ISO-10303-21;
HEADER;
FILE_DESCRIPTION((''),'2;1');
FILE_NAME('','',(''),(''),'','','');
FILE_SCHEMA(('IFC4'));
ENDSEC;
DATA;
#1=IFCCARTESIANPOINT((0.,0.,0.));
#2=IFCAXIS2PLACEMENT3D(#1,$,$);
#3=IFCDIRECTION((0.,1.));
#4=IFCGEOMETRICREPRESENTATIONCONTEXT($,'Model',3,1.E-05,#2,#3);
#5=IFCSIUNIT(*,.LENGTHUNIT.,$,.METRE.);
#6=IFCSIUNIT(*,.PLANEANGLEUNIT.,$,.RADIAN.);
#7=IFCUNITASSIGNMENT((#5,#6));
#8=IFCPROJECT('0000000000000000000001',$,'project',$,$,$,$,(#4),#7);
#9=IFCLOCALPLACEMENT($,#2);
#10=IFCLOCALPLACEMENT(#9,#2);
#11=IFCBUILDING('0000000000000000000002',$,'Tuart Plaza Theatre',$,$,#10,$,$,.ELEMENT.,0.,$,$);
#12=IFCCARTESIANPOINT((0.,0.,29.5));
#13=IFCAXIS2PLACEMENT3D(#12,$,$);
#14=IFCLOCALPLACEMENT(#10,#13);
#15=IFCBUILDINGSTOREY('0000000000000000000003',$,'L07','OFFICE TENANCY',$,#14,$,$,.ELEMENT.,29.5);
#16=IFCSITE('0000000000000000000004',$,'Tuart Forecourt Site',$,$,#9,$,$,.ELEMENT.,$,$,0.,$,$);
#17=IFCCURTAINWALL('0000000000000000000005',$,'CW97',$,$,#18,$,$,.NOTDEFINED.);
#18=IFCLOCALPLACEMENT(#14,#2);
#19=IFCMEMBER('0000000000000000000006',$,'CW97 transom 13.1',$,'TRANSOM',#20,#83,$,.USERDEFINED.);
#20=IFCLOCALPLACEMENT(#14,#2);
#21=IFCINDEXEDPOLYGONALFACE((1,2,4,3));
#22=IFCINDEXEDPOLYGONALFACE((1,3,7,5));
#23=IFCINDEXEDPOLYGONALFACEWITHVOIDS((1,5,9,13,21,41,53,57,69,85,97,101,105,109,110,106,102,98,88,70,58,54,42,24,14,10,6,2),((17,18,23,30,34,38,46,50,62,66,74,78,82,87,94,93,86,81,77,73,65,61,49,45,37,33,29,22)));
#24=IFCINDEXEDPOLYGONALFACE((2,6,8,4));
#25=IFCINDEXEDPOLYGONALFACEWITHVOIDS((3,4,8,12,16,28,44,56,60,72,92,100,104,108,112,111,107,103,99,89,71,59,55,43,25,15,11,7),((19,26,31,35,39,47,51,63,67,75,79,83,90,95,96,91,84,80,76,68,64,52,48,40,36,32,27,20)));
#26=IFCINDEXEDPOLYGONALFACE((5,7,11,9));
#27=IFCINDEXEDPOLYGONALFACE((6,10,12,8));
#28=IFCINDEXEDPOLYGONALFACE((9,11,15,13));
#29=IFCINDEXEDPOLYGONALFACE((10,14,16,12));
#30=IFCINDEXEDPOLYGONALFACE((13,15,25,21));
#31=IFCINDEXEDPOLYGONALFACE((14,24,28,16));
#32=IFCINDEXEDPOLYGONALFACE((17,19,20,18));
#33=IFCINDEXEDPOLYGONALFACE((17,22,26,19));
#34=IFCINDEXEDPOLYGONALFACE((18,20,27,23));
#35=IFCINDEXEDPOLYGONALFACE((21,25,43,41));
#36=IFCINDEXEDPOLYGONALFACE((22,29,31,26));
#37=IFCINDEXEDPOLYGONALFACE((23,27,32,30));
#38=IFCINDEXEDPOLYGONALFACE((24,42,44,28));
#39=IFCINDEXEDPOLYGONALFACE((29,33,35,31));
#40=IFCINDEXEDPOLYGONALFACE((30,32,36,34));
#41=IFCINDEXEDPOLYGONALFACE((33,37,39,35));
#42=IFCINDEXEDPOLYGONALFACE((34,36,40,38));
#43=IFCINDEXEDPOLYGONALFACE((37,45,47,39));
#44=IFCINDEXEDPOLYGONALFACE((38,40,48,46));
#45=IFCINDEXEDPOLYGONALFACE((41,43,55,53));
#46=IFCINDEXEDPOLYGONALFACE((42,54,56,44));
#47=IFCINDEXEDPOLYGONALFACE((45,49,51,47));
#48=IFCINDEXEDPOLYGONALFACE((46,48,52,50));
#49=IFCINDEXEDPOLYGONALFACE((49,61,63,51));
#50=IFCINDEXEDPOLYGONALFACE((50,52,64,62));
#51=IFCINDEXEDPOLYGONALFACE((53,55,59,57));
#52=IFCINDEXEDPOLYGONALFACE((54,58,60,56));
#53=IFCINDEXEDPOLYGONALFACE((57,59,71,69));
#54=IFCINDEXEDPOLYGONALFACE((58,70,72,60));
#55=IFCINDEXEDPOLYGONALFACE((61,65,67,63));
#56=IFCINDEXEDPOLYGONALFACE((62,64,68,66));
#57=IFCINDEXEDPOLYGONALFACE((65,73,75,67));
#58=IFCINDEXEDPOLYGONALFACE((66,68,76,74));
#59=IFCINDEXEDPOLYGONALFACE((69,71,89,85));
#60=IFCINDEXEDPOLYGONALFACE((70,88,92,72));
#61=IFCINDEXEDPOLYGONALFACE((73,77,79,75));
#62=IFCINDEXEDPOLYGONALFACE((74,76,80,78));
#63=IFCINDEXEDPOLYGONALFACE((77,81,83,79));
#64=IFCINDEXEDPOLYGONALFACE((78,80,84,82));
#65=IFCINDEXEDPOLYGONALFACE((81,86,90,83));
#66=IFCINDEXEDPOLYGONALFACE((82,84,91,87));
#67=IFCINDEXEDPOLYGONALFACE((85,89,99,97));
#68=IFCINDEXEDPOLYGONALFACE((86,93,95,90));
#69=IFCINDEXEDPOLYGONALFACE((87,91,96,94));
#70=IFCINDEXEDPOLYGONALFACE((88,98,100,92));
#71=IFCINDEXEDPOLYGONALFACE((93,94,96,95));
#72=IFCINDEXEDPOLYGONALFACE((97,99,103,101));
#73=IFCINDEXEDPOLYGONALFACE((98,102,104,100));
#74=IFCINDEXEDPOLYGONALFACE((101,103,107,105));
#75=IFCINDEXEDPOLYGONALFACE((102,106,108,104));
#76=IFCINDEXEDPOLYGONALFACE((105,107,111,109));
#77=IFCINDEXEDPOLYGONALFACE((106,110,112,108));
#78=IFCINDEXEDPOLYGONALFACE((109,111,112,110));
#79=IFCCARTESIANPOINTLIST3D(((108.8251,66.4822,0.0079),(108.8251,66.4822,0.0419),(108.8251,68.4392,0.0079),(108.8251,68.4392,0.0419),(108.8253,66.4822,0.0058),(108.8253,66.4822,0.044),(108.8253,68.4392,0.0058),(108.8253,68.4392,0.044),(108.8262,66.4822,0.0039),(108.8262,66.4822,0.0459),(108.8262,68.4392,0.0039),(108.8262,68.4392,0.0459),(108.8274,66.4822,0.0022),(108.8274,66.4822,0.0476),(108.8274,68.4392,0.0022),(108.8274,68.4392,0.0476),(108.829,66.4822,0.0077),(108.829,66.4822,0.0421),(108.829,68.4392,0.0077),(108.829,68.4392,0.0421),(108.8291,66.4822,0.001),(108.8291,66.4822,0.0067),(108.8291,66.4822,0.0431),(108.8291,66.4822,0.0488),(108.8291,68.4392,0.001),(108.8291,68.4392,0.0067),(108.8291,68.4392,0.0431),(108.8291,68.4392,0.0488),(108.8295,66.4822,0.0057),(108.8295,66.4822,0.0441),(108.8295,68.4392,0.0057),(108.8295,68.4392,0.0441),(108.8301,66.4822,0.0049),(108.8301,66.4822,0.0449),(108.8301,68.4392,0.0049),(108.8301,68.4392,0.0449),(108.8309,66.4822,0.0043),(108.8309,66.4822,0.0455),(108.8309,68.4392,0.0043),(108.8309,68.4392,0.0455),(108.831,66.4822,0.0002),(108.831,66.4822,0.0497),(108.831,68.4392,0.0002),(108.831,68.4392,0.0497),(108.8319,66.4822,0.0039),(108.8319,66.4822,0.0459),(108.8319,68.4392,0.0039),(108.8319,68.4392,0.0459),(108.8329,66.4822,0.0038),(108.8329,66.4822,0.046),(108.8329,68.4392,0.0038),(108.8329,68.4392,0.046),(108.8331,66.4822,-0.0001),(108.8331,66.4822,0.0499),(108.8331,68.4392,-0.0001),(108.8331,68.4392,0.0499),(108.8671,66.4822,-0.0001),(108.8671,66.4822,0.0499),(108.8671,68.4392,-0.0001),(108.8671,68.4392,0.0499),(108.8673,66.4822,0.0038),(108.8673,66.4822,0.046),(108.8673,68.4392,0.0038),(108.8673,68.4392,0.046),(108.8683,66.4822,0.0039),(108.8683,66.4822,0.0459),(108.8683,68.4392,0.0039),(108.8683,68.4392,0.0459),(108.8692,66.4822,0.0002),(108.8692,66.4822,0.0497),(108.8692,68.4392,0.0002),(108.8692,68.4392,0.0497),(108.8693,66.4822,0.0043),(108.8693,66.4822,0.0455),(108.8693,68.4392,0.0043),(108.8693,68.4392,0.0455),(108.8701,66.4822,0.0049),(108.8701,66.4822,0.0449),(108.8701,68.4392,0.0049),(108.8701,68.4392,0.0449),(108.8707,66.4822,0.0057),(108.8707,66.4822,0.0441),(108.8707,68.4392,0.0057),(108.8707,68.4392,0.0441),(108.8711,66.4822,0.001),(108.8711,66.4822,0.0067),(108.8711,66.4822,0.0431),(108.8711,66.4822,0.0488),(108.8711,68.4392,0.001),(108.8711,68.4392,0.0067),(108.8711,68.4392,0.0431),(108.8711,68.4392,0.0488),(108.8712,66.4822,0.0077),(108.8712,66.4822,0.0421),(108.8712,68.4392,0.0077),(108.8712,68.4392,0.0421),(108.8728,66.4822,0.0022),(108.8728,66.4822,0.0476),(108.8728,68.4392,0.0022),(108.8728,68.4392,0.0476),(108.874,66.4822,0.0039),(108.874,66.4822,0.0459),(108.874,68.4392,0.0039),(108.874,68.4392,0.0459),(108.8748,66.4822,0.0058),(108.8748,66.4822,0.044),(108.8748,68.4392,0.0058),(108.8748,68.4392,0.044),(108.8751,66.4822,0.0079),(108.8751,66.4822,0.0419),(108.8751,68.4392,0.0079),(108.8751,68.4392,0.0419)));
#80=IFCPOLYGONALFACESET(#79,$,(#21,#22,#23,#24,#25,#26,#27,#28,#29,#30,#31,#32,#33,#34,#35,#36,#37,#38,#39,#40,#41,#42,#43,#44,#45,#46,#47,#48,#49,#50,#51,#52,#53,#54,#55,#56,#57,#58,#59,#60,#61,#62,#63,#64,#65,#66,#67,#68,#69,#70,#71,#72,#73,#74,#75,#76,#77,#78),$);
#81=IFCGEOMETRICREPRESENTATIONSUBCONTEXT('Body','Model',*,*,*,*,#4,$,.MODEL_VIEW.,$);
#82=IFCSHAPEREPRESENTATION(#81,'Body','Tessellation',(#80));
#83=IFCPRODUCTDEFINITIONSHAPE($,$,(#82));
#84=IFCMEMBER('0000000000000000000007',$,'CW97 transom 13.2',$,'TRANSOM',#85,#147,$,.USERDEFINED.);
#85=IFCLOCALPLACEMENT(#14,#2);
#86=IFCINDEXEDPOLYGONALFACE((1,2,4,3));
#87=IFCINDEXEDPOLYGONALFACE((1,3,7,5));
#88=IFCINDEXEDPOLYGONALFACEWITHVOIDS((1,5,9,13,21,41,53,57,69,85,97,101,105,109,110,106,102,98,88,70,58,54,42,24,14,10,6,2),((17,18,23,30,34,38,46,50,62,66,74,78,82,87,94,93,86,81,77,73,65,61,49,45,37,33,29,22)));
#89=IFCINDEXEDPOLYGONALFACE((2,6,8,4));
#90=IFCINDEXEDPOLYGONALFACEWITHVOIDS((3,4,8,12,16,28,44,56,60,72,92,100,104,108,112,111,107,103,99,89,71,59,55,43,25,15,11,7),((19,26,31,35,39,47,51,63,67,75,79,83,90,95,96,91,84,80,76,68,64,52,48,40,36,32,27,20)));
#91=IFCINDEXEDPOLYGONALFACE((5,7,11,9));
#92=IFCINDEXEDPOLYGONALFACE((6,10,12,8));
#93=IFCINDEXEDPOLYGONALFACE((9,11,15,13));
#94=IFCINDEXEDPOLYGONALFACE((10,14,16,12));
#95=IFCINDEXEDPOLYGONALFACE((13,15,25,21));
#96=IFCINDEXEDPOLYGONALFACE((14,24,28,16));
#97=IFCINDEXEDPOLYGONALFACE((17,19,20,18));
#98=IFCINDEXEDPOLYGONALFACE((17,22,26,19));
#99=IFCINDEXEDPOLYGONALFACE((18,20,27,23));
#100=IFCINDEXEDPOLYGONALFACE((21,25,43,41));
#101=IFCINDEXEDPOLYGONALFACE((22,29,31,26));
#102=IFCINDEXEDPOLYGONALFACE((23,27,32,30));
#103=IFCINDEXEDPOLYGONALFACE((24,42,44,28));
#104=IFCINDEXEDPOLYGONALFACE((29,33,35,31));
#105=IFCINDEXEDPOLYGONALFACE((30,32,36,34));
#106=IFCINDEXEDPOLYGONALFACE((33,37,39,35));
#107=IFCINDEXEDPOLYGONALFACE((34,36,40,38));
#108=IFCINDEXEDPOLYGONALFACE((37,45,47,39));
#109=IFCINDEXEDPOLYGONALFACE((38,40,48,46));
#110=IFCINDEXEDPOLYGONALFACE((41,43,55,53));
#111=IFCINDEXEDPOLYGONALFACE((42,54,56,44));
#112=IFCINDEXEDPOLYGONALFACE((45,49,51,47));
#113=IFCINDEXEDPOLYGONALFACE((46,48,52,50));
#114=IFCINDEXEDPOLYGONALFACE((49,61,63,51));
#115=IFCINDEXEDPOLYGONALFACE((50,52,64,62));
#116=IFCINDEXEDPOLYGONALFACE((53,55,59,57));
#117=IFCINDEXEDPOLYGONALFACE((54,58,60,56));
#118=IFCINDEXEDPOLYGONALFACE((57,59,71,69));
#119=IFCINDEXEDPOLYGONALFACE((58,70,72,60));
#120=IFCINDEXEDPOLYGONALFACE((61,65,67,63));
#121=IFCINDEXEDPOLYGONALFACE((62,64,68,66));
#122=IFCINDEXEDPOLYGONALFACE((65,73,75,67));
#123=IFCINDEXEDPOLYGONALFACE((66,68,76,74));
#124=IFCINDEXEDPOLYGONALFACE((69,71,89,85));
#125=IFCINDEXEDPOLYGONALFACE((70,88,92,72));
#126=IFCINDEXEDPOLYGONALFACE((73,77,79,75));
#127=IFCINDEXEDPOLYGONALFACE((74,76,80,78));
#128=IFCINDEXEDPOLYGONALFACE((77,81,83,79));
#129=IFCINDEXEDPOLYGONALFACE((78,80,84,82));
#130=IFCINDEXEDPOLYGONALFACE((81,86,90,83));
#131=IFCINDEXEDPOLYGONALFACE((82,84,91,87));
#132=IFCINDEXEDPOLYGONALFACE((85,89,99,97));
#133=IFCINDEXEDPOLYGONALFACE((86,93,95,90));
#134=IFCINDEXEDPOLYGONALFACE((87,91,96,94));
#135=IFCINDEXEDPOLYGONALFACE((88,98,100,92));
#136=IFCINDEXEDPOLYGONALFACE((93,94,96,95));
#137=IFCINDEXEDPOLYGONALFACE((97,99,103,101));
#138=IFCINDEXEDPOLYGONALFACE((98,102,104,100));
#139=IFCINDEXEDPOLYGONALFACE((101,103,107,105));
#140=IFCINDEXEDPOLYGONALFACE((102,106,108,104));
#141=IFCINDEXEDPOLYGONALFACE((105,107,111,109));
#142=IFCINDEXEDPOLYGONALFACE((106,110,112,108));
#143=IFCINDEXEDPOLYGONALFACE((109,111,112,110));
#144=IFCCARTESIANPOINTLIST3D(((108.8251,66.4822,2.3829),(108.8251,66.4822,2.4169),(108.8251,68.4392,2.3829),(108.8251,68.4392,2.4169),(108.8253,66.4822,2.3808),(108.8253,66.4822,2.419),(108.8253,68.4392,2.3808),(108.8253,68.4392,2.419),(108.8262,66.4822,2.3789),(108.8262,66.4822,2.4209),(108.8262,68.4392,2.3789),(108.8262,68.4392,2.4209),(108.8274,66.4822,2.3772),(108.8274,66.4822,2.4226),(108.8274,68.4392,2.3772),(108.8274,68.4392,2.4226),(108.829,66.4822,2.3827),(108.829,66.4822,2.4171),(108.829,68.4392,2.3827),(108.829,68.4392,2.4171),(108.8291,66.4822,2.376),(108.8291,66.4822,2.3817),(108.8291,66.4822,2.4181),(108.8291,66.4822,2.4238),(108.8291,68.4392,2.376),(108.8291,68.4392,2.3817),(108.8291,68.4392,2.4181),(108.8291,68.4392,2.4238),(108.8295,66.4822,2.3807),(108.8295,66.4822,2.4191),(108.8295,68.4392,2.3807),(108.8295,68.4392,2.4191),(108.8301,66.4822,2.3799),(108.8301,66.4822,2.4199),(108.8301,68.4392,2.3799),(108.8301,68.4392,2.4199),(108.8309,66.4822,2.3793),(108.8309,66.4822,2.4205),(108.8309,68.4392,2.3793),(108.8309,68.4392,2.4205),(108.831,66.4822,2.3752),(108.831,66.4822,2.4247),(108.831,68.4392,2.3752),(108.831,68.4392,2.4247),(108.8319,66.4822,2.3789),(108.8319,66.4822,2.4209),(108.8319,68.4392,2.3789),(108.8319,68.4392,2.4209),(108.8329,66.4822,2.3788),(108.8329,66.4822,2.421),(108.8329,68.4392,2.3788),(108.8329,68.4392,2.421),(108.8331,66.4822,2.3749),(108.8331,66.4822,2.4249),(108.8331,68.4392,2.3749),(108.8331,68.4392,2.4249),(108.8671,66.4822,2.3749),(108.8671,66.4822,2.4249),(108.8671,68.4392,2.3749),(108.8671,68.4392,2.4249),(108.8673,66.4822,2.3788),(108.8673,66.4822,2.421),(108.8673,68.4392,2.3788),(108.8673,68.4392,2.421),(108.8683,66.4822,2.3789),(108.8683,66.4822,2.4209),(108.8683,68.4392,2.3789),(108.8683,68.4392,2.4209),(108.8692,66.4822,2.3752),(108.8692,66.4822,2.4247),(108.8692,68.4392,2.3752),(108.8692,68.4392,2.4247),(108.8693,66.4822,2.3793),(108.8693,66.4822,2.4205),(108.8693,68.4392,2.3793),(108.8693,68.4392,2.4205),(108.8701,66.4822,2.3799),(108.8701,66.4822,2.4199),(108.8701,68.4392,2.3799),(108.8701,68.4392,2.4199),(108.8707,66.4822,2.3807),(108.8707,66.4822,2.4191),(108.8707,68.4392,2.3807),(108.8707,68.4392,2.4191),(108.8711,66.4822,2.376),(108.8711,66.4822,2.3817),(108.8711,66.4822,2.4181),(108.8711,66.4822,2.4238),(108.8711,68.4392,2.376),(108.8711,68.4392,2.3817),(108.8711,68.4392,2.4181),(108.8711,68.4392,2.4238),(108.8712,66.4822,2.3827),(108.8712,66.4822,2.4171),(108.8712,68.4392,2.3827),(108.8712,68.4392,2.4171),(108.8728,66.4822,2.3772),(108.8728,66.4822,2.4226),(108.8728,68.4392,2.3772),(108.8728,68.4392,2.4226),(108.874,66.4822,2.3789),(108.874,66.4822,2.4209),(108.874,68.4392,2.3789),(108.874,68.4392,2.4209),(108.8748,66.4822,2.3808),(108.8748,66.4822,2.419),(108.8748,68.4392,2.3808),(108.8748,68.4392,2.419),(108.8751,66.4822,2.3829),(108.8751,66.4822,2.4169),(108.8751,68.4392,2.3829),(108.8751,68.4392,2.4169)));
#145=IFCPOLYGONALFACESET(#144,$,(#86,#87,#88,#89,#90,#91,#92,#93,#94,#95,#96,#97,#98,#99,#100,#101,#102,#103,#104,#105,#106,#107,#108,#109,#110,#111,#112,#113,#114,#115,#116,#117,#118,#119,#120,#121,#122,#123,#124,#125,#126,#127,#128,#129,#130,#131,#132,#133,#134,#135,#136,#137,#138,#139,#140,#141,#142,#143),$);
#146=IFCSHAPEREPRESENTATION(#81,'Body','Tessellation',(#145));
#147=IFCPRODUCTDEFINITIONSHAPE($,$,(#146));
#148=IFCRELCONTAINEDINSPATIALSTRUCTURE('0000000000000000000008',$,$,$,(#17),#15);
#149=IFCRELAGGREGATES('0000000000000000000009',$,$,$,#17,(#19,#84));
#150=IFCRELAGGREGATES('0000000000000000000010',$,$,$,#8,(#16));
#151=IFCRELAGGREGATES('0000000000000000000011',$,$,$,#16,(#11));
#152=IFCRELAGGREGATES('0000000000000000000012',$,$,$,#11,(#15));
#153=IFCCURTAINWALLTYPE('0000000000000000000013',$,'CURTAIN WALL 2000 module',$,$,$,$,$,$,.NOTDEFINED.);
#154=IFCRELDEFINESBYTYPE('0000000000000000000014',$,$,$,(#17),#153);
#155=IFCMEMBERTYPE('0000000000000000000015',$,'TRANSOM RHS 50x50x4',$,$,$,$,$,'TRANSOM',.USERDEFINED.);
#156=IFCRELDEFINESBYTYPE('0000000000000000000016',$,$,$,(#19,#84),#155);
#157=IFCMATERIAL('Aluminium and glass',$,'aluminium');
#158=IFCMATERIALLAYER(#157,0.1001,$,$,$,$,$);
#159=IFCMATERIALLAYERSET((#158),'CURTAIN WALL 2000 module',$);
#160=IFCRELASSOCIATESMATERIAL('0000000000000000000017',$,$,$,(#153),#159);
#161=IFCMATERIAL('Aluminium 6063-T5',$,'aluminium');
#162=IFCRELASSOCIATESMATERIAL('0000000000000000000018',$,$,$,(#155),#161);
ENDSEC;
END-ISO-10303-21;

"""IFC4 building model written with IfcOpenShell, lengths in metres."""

from ifc_helpers import new_model, si_unit, direction, frame, origin, origin_2d, place, context, subcontext, project, spatial, hollow_rectangle, extrude, material, layer, layer_set, material_profile, profile_set, type_object, element, aggregate, save


model = new_model("IFC4")

# Units and contexts
model_context = context("Model", 3, precision=1e-05, world=origin(), true_north=direction((0.0, 1.0)))
body_context = subcontext(model_context, "Body", "Model", "MODEL_VIEW")
ifc_project = project(units=[si_unit("LENGTHUNIT", "METRE"), si_unit("PLANEANGLEUNIT", "RADIAN")], contexts=[model_context])

# Site, building, storey
site_placement = place(None, origin())
site = spatial("IfcSite", under=ifc_project, at=site_placement, Name="Tuart Forecourt Site", CompositionType="ELEMENT", RefElevation=0.0)
building_placement = place(site_placement, origin())
building = spatial("IfcBuilding", under=site, at=building_placement, Name="Tuart Plaza Theatre", CompositionType="ELEMENT", ElevationOfRefHeight=0.0)
storey_placement = place(building_placement, frame((0.0, 0.0, 29.5)))
storey = spatial("IfcBuildingStorey", under=building, at=storey_placement, Name="L07", Description="OFFICE TENANCY", CompositionType="ELEMENT", Elevation=29.5)

# Curtain wall, members
ifc_material_1 = material(Name="Aluminium and glass", Category="aluminium")
ifc_layer_1 = layer(ifc_material_1, 0.1001)
ifc_layer_set_1 = layer_set([ifc_layer_1], Name="CURTAIN WALL 2000 module")
curtain_wall_type = type_object("IfcCurtainWallType", Name="CURTAIN WALL 2000 module", PredefinedType="NOTDEFINED", material=ifc_layer_set_1)
curtain_wall_1_placement = place(storey_placement, origin())
curtain_wall_1 = element("IfcCurtainWall", 1, at=curtain_wall_1_placement, inside=storey, type_object=curtain_wall_type, Name="CW97", PredefinedType="NOTDEFINED")
ifc_material_2 = material(Name="Aluminium 6063-T5", Category="aluminium")
ifc_material_profile_1 = material_profile(ifc_material_2, hollow_rectangle(XDim=0.05, YDim=0.05, WallThickness=0.0039, InnerFilletRadius=0.0039, OuterFilletRadius=0.0081, at=origin_2d()), Name="RHS 50x50x4")
ifc_profile_set_1 = profile_set([ifc_material_profile_1], Name="Aluminium 6063-T5")
member_type = type_object("IfcMemberType", Name="TRANSOM RHS 50x50x4", ElementType="TRANSOM", PredefinedType="USERDEFINED", material=ifc_profile_set_1)
member_1_placement = place(storey_placement, frame((108.8501, 68.4392, 0.0249), z_axis=(0.0, -1.0, 0.0), x_axis=(1.0, 0.0, 0.0)))
member_1 = element("IfcMember", 2, at=member_1_placement, type_object=member_type, Name="CW97 transom 13.1", ObjectType="TRANSOM", PredefinedType="USERDEFINED", context=body_context, shape_type="SweptSolid", body=[
    extrude(hollow_rectangle(XDim=0.05, YDim=0.05, WallThickness=0.0039, InnerFilletRadius=0.0039, OuterFilletRadius=0.0081, at=origin_2d()), origin(), (0.0, 0.0, 1.0), 1.957),
])
member_2_placement = place(storey_placement, frame((108.8501, 68.4392, 2.3999), z_axis=(0.0, -1.0, 0.0), x_axis=(1.0, 0.0, 0.0)))
member_2 = element("IfcMember", 3, at=member_2_placement, type_object=member_type, Name="CW97 transom 13.2", ObjectType="TRANSOM", PredefinedType="USERDEFINED", context=body_context, shape_type="SweptSolid", body=[
    extrude(hollow_rectangle(XDim=0.05, YDim=0.05, WallThickness=0.0039, InnerFilletRadius=0.0039, OuterFilletRadius=0.0081, at=origin_2d()), origin(), (0.0, 0.0, 1.0), 1.957),
])
aggregate(curtain_wall_1, [member_1, member_2])

save(model, "model.ifc")
